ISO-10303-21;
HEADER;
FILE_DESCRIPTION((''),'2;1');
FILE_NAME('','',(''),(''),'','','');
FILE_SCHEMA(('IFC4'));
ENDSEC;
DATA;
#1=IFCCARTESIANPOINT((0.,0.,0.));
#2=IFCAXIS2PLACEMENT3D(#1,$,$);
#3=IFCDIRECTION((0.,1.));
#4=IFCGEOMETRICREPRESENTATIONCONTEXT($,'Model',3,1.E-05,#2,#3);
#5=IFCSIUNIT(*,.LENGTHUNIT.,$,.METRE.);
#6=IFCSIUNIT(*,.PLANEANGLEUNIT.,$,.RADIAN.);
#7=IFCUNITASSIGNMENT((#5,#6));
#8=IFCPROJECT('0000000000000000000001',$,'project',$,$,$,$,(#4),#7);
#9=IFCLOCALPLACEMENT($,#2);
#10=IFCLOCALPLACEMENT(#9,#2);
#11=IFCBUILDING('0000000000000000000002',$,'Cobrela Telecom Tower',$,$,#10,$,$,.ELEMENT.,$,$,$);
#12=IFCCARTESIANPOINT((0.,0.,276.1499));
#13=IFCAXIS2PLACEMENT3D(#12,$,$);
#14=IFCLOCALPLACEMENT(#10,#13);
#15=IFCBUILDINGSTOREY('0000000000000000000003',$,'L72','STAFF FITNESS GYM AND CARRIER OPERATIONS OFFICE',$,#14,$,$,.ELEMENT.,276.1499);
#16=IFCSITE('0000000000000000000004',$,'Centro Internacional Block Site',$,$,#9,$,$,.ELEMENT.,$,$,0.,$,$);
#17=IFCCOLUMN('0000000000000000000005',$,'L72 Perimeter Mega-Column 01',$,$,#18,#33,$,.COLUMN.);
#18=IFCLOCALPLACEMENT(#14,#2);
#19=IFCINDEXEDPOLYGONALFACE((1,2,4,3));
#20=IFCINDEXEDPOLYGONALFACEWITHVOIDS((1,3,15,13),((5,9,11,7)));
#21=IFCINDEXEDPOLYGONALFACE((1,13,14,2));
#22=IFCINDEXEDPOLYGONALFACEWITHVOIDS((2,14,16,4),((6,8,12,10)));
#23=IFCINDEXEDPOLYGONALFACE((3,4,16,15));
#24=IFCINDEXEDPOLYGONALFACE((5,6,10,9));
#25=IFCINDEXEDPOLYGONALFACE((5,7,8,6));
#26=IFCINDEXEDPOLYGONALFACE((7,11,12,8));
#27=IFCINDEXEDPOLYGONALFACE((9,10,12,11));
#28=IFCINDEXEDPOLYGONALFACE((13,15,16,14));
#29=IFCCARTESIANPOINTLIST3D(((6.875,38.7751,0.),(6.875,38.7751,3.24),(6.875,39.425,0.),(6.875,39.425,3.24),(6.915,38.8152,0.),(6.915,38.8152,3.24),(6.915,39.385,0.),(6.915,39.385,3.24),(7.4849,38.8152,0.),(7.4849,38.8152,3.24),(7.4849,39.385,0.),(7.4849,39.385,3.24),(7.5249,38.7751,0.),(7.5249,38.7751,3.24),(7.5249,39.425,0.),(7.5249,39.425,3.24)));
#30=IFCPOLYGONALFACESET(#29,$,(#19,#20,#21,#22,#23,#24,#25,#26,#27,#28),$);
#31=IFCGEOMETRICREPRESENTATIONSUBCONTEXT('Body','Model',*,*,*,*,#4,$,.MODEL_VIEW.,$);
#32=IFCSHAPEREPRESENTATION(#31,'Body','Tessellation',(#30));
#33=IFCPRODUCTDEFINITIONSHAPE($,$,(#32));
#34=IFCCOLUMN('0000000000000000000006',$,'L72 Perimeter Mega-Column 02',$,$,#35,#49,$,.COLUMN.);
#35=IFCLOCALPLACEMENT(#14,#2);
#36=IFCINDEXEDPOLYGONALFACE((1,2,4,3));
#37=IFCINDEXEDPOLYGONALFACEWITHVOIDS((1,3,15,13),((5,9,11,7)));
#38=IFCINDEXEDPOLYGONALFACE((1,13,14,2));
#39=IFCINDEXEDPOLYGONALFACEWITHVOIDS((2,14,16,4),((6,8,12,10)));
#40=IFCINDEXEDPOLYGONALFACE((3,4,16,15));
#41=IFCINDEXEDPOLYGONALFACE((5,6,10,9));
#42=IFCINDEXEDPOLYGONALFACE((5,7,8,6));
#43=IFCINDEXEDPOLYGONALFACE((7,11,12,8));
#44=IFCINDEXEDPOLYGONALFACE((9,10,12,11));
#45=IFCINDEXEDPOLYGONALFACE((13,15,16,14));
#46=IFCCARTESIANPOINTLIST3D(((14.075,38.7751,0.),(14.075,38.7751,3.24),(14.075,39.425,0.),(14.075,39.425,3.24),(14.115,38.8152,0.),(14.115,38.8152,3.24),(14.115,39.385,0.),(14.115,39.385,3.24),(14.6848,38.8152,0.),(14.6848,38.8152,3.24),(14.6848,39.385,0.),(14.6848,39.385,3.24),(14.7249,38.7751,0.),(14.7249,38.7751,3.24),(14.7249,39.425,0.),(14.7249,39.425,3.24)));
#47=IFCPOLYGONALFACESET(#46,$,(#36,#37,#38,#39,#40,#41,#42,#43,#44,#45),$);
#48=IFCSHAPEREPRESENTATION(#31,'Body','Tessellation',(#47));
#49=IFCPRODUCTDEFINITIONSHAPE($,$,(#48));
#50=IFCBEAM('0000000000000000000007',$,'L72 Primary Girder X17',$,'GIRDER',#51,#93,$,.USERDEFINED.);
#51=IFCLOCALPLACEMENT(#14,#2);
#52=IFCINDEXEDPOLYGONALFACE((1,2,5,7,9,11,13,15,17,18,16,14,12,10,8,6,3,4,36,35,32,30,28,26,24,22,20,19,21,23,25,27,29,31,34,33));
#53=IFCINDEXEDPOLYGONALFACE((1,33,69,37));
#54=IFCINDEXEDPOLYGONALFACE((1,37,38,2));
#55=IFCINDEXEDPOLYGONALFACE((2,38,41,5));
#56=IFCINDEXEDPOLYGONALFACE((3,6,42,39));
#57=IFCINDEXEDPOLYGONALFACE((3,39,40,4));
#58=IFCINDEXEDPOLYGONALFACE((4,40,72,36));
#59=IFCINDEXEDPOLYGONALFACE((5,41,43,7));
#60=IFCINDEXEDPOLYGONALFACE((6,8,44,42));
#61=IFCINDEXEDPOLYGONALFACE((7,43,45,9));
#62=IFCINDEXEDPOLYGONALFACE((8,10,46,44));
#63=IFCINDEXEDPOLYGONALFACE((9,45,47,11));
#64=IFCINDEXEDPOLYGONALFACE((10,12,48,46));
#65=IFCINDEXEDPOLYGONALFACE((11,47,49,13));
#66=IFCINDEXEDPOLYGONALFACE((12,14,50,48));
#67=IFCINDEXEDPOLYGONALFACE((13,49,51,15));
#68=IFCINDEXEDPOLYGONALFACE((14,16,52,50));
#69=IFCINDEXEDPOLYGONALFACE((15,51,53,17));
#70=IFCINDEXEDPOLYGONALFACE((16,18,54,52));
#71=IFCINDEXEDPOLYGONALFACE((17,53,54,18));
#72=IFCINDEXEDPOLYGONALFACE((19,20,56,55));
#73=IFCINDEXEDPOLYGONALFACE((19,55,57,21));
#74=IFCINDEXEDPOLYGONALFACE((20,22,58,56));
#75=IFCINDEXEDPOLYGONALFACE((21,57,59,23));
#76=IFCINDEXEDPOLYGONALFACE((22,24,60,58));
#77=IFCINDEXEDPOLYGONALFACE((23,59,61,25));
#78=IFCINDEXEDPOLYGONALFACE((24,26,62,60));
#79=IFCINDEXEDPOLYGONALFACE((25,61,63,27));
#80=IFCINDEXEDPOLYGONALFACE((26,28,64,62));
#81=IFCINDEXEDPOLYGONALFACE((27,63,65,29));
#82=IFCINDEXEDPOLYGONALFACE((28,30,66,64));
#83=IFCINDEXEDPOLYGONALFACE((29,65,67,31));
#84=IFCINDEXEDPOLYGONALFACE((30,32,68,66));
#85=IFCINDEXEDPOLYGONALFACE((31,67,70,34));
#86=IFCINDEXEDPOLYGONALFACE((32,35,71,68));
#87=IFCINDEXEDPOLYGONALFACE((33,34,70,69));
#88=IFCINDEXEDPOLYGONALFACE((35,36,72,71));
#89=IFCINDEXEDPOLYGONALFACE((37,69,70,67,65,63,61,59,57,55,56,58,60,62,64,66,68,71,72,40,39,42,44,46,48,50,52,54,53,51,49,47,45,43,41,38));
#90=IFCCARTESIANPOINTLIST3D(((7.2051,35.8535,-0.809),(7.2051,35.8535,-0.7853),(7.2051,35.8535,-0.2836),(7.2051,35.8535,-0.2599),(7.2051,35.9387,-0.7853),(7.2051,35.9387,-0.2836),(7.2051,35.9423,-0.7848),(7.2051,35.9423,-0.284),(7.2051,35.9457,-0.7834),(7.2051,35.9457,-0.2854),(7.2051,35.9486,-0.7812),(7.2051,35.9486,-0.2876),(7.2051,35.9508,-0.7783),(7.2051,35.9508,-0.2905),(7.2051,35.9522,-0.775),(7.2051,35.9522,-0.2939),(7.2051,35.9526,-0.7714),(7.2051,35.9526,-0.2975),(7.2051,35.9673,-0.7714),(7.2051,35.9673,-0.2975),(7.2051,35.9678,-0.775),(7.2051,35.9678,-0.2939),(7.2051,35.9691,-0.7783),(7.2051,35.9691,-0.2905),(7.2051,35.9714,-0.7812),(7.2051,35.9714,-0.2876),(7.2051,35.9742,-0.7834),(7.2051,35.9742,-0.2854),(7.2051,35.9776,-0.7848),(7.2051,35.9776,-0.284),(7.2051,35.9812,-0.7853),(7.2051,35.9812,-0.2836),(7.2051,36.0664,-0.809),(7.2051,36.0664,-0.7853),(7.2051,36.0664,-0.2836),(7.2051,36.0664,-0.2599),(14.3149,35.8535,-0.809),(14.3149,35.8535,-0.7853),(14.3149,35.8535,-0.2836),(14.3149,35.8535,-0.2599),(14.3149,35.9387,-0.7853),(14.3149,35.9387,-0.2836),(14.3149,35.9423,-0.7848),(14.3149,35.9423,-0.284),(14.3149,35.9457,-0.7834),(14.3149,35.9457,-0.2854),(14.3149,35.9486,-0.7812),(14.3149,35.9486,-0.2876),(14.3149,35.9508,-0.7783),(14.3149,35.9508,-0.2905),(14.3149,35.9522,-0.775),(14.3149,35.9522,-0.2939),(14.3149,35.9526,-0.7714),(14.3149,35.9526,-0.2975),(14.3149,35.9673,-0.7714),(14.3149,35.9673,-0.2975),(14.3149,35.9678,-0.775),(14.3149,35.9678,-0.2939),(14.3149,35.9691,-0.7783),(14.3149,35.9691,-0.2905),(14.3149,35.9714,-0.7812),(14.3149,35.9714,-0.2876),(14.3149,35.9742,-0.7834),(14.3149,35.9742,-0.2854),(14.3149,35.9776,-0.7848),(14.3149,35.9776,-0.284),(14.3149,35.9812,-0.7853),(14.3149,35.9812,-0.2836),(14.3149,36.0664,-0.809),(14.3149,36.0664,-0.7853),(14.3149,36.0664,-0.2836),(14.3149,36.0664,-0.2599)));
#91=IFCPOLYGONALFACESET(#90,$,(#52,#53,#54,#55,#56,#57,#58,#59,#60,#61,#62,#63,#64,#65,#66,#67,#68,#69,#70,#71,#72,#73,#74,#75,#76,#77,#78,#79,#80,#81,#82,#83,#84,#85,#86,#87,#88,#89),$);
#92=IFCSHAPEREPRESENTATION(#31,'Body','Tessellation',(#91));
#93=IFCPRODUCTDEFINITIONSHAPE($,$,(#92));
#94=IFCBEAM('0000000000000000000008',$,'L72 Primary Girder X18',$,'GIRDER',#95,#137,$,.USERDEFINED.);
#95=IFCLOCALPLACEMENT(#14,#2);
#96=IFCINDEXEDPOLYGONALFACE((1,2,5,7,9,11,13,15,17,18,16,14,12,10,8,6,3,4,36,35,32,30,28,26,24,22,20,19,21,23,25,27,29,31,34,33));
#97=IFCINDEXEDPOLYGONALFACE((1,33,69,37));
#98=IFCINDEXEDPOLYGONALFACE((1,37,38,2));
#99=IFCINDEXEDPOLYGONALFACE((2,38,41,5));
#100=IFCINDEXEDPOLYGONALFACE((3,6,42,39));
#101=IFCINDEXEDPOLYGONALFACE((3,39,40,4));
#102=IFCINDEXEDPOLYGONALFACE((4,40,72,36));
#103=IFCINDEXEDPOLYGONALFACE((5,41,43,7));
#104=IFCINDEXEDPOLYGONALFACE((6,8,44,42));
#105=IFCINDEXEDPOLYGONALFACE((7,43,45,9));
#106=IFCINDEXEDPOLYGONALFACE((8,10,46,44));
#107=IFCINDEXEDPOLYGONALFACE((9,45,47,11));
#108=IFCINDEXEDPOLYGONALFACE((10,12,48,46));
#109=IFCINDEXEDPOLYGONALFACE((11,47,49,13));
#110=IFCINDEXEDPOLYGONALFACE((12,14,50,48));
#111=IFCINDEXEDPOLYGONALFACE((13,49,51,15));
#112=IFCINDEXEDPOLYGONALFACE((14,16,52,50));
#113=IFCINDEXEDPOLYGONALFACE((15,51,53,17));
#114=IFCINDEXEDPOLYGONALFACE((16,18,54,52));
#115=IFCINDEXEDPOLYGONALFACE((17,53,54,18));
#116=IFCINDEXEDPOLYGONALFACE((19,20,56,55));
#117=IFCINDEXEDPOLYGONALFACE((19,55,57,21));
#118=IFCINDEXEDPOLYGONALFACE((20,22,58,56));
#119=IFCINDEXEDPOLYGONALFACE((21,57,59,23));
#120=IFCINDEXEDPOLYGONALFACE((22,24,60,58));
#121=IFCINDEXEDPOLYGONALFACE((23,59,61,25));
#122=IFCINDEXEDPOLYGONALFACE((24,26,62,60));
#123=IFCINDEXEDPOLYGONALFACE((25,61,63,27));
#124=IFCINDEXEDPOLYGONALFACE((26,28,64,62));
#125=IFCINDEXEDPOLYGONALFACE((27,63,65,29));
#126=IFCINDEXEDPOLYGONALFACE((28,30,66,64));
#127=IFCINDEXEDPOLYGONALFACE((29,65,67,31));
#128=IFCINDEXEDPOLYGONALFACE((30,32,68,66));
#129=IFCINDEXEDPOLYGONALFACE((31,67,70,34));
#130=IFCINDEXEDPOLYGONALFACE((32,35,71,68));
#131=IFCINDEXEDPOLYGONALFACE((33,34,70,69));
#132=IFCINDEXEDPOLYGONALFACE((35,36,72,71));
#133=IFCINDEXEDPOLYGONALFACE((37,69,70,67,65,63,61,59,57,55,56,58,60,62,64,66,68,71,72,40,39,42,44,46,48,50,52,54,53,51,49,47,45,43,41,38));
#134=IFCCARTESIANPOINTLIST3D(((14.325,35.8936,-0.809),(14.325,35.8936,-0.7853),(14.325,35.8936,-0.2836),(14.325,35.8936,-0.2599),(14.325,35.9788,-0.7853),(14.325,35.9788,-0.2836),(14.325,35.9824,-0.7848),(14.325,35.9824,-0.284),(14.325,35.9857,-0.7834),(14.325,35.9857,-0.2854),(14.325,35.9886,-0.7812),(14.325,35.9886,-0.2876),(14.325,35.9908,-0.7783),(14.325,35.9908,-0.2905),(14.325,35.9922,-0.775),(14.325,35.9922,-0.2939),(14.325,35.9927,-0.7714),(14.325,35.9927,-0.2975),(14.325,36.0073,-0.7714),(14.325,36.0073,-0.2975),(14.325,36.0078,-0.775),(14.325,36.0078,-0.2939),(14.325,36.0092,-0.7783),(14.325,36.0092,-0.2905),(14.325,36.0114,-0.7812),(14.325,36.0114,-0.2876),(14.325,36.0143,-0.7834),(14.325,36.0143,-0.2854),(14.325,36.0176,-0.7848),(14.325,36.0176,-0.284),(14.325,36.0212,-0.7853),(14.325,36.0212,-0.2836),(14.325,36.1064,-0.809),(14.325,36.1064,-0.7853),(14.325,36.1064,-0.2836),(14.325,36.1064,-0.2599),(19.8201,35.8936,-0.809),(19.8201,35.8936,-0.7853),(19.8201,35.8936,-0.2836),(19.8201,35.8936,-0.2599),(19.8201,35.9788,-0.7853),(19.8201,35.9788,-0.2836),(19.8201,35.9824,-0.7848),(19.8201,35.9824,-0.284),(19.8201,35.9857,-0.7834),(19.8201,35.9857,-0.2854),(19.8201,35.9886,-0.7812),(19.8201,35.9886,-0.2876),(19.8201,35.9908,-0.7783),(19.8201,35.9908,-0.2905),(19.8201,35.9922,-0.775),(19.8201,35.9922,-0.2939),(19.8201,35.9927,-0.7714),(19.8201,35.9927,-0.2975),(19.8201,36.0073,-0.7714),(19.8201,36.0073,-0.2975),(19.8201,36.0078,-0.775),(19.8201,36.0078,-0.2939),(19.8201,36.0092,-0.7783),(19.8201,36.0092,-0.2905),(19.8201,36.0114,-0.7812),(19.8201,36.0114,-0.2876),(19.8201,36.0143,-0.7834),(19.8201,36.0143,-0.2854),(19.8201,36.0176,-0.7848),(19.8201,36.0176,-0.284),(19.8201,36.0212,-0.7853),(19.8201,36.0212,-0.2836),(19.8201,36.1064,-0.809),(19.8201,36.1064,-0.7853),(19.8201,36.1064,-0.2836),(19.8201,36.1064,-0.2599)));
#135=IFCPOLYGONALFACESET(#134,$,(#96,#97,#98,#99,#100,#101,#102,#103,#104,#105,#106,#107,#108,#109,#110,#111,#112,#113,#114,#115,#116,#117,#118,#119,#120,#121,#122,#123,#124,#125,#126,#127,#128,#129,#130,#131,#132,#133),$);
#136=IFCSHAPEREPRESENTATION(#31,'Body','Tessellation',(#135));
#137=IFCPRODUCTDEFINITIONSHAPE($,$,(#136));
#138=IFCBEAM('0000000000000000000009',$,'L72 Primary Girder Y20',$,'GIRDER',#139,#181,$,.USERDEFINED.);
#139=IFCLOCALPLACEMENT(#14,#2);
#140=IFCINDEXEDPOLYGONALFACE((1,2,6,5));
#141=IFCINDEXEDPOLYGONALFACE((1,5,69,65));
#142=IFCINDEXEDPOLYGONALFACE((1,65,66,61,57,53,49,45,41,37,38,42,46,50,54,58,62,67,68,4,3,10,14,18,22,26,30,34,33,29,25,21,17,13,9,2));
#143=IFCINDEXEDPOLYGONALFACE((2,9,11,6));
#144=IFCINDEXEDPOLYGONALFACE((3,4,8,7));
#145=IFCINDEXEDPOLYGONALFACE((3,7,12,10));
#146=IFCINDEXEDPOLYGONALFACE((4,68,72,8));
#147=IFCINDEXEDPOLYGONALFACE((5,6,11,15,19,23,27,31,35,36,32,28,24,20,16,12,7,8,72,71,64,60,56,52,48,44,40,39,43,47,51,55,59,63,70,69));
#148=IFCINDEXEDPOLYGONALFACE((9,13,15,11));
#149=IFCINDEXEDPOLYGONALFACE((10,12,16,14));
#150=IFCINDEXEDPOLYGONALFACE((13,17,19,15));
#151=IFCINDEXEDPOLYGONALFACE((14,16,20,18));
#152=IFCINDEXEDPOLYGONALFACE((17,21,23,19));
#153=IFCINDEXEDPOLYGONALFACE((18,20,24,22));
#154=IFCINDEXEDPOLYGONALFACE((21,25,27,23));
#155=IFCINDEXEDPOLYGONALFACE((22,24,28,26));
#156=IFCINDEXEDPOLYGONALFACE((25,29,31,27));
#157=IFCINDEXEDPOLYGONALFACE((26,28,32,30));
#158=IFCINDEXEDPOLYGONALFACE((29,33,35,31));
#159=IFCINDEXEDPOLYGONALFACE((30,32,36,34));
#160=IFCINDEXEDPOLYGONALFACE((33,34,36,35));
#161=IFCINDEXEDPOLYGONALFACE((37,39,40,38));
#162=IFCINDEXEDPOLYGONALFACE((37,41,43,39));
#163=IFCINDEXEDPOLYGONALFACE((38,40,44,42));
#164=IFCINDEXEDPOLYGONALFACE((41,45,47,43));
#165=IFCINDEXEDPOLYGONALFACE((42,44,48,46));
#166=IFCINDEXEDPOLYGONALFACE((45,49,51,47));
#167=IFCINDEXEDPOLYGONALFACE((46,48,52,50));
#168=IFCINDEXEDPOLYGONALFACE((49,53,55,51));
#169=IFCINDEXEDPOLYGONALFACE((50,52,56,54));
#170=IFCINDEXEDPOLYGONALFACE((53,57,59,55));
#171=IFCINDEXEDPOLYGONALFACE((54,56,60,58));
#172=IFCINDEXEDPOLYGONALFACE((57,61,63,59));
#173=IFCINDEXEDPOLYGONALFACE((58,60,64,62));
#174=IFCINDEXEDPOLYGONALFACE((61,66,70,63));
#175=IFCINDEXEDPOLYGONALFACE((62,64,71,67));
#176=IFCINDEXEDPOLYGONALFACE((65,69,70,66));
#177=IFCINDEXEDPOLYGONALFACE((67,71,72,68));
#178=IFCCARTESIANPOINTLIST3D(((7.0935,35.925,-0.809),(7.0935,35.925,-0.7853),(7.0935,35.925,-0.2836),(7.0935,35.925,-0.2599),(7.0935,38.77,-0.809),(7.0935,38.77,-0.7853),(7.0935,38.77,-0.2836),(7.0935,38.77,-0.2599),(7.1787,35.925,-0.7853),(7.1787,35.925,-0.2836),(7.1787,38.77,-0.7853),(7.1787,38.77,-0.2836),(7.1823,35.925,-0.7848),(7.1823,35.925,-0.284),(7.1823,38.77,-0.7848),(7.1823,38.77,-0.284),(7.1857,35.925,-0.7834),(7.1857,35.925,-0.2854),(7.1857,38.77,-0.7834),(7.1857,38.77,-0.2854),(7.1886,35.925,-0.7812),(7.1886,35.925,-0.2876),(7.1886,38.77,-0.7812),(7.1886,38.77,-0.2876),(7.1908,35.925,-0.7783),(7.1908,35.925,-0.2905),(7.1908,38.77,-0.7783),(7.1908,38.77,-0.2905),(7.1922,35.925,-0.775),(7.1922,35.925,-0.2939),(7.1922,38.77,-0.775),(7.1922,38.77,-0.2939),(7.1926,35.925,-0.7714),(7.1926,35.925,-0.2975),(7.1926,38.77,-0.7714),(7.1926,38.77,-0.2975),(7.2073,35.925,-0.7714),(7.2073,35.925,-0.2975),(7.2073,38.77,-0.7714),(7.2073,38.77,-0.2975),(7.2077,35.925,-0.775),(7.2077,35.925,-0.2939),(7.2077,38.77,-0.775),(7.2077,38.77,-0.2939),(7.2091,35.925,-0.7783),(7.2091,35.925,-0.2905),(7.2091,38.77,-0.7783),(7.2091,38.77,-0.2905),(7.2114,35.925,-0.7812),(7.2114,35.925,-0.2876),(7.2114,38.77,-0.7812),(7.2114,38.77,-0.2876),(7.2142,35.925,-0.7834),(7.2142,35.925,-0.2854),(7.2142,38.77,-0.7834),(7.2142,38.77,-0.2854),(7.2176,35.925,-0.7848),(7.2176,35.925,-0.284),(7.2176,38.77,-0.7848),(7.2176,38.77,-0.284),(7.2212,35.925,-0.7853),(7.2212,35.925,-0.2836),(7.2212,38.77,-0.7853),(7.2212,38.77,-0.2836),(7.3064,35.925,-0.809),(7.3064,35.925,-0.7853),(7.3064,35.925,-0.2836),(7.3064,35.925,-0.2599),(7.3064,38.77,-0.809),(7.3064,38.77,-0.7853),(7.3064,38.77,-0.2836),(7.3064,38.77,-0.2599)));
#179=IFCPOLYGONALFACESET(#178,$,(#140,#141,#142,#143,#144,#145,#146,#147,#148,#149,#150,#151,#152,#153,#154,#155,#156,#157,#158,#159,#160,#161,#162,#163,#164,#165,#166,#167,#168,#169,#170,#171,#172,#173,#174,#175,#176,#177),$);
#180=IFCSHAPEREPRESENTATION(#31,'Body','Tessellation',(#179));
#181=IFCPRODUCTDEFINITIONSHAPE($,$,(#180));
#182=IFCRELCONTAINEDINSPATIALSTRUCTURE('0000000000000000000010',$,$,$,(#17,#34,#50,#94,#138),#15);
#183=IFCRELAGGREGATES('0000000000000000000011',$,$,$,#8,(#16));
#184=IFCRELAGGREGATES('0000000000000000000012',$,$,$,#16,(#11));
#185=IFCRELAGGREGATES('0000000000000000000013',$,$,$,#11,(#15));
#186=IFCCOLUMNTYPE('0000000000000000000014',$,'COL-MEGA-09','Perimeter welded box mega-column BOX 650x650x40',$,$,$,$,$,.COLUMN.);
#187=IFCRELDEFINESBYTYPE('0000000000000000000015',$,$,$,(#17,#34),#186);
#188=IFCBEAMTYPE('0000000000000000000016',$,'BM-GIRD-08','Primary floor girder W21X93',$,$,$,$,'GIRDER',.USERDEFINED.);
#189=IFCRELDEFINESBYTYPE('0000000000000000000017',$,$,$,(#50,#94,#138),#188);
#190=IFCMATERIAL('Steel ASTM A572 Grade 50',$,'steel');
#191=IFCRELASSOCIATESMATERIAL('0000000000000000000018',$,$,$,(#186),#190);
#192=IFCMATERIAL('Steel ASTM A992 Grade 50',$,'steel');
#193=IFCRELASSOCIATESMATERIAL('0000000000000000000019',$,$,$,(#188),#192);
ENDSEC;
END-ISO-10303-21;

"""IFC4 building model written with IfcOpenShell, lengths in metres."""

from ifc_helpers import new_model, si_unit, direction, frame, origin, origin_2d, place, context, subcontext, project, spatial, hollow_rectangle, i_section, extrude, material, material_profile, profile_set, type_object, element, save


model = new_model("IFC4")

# Units and contexts
model_context = context("Model", 3, precision=1e-05, world=origin(), true_north=direction((0.0, 1.0)))
body_context = subcontext(model_context, "Body", "Model", "MODEL_VIEW")
ifc_project = project(units=[si_unit("LENGTHUNIT", "METRE"), si_unit("PLANEANGLEUNIT", "RADIAN")], contexts=[model_context])

# Site, building, storey
site_placement = place(None, origin())
site = spatial("IfcSite", under=ifc_project, at=site_placement, Name="Centro Internacional Block Site", CompositionType="ELEMENT", RefElevation=0.0)
building_placement = place(site_placement, origin())
building = spatial("IfcBuilding", under=site, at=building_placement, Name="Cobrela Telecom Tower", CompositionType="ELEMENT")
storey_placement = place(building_placement, frame((0.0, 0.0, 276.1499)))
storey = spatial("IfcBuildingStorey", under=building, at=storey_placement, Name="L72", Description="STAFF FITNESS GYM AND CARRIER OPERATIONS OFFICE", CompositionType="ELEMENT", Elevation=276.1499)

# Columns
ifc_material_1 = material(Name="Steel ASTM A572 Grade 50", Category="steel")
ifc_material_profile_1 = material_profile(ifc_material_1, hollow_rectangle(XDim=0.6499, YDim=0.6499, WallThickness=0.04, at=origin_2d()), Name="BOX 650x650x40")
ifc_profile_set_1 = profile_set([ifc_material_profile_1], Name="Steel ASTM A572 Grade 50")
column_type = type_object("IfcColumnType", Name="COL-MEGA-09", Description="Perimeter welded box mega-column BOX 650x650x40", PredefinedType="COLUMN", material=ifc_profile_set_1)
for number, where, z_axis, x_axis, name in (
    (1, (7.2, 39.1001, 0.0), (0.0, 0.0, 1.0), (1.0, 0.0, 0.0), "L72 Perimeter Mega-Column 01"),
    (2, (14.3999, 39.1001, 0.0), (0.0, 0.0, 1.0), (1.0, 0.0, 0.0), "L72 Perimeter Mega-Column 02"),
):
    element("IfcColumn", number, at=place(storey_placement, frame(where, z_axis=z_axis, x_axis=x_axis)), inside=storey, type_object=column_type, Name=name, PredefinedType="COLUMN", context=body_context, shape_type="SweptSolid", body=[
        extrude(hollow_rectangle(XDim=0.6499, YDim=0.6499, WallThickness=0.04, at=origin_2d()), origin(), (0.0, 0.0, 1.0), 3.24),
    ])

# Beams
ifc_material_2 = material(Name="Steel ASTM A992 Grade 50", Category="steel")
ifc_material_profile_2 = material_profile(ifc_material_2, i_section(OverallWidth=0.2129, OverallDepth=0.5491, WebThickness=0.0146, FlangeThickness=0.0237, FilletRadius=0.0139, at=origin_2d()), Name="W21X93")
ifc_profile_set_2 = profile_set([ifc_material_profile_2], Name="Steel ASTM A992 Grade 50")
beam_type_1 = type_object("IfcBeamType", Name="BM-GIRD-08", Description="Primary floor girder W21X93", ElementType="GIRDER", PredefinedType="USERDEFINED", material=ifc_profile_set_2)
beam_1_placement = place(storey_placement, frame((7.2051, 35.96, -0.5344), z_axis=(1.0, 0.0, 0.0), x_axis=(0.0, 1.0, 0.0)))
element("IfcBeam", 3, at=beam_1_placement, inside=storey, type_object=beam_type_1, Name="L72 Primary Girder X17", ObjectType="GIRDER", PredefinedType="USERDEFINED", context=body_context, shape_type="SweptSolid", body=[
    extrude(i_section(OverallWidth=0.2129, OverallDepth=0.5491, WebThickness=0.0146, FlangeThickness=0.0237, FilletRadius=0.0139, at=origin_2d()), origin(), (0.0, 0.0, 1.0), 7.1099),
])
beam_2_placement = place(storey_placement, frame((14.325, 36.0, -0.5344), z_axis=(1.0, 0.0, 0.0), x_axis=(0.0, 1.0, 0.0)))
element("IfcBeam", 4, at=beam_2_placement, inside=storey, type_object=beam_type_1, Name="L72 Primary Girder X18", ObjectType="GIRDER", PredefinedType="USERDEFINED", context=body_context, shape_type="SweptSolid", body=[
    extrude(i_section(OverallWidth=0.2129, OverallDepth=0.5491, WebThickness=0.0146, FlangeThickness=0.0237, FilletRadius=0.0139, at=origin_2d()), origin(), (0.0, 0.0, 1.0), 5.4951),
])
for number, where, z_axis, x_axis, name in (
    (5, (7.2, 35.925, -0.5344), (0.0, 1.0, 0.0), (-1.0, 0.0, 0.0), "L72 Primary Girder Y20"),
):
    element("IfcBeam", number, at=place(storey_placement, frame(where, z_axis=z_axis, x_axis=x_axis)), inside=storey, type_object=beam_type_1, Name=name, ObjectType="GIRDER", PredefinedType="USERDEFINED", context=body_context, shape_type="SweptSolid", body=[
        extrude(i_section(OverallWidth=0.2129, OverallDepth=0.5491, WebThickness=0.0146, FlangeThickness=0.0237, FilletRadius=0.0139, at=origin_2d()), origin(), (0.0, 0.0, 1.0), 2.845),
    ])

save(model, "model.ifc")
